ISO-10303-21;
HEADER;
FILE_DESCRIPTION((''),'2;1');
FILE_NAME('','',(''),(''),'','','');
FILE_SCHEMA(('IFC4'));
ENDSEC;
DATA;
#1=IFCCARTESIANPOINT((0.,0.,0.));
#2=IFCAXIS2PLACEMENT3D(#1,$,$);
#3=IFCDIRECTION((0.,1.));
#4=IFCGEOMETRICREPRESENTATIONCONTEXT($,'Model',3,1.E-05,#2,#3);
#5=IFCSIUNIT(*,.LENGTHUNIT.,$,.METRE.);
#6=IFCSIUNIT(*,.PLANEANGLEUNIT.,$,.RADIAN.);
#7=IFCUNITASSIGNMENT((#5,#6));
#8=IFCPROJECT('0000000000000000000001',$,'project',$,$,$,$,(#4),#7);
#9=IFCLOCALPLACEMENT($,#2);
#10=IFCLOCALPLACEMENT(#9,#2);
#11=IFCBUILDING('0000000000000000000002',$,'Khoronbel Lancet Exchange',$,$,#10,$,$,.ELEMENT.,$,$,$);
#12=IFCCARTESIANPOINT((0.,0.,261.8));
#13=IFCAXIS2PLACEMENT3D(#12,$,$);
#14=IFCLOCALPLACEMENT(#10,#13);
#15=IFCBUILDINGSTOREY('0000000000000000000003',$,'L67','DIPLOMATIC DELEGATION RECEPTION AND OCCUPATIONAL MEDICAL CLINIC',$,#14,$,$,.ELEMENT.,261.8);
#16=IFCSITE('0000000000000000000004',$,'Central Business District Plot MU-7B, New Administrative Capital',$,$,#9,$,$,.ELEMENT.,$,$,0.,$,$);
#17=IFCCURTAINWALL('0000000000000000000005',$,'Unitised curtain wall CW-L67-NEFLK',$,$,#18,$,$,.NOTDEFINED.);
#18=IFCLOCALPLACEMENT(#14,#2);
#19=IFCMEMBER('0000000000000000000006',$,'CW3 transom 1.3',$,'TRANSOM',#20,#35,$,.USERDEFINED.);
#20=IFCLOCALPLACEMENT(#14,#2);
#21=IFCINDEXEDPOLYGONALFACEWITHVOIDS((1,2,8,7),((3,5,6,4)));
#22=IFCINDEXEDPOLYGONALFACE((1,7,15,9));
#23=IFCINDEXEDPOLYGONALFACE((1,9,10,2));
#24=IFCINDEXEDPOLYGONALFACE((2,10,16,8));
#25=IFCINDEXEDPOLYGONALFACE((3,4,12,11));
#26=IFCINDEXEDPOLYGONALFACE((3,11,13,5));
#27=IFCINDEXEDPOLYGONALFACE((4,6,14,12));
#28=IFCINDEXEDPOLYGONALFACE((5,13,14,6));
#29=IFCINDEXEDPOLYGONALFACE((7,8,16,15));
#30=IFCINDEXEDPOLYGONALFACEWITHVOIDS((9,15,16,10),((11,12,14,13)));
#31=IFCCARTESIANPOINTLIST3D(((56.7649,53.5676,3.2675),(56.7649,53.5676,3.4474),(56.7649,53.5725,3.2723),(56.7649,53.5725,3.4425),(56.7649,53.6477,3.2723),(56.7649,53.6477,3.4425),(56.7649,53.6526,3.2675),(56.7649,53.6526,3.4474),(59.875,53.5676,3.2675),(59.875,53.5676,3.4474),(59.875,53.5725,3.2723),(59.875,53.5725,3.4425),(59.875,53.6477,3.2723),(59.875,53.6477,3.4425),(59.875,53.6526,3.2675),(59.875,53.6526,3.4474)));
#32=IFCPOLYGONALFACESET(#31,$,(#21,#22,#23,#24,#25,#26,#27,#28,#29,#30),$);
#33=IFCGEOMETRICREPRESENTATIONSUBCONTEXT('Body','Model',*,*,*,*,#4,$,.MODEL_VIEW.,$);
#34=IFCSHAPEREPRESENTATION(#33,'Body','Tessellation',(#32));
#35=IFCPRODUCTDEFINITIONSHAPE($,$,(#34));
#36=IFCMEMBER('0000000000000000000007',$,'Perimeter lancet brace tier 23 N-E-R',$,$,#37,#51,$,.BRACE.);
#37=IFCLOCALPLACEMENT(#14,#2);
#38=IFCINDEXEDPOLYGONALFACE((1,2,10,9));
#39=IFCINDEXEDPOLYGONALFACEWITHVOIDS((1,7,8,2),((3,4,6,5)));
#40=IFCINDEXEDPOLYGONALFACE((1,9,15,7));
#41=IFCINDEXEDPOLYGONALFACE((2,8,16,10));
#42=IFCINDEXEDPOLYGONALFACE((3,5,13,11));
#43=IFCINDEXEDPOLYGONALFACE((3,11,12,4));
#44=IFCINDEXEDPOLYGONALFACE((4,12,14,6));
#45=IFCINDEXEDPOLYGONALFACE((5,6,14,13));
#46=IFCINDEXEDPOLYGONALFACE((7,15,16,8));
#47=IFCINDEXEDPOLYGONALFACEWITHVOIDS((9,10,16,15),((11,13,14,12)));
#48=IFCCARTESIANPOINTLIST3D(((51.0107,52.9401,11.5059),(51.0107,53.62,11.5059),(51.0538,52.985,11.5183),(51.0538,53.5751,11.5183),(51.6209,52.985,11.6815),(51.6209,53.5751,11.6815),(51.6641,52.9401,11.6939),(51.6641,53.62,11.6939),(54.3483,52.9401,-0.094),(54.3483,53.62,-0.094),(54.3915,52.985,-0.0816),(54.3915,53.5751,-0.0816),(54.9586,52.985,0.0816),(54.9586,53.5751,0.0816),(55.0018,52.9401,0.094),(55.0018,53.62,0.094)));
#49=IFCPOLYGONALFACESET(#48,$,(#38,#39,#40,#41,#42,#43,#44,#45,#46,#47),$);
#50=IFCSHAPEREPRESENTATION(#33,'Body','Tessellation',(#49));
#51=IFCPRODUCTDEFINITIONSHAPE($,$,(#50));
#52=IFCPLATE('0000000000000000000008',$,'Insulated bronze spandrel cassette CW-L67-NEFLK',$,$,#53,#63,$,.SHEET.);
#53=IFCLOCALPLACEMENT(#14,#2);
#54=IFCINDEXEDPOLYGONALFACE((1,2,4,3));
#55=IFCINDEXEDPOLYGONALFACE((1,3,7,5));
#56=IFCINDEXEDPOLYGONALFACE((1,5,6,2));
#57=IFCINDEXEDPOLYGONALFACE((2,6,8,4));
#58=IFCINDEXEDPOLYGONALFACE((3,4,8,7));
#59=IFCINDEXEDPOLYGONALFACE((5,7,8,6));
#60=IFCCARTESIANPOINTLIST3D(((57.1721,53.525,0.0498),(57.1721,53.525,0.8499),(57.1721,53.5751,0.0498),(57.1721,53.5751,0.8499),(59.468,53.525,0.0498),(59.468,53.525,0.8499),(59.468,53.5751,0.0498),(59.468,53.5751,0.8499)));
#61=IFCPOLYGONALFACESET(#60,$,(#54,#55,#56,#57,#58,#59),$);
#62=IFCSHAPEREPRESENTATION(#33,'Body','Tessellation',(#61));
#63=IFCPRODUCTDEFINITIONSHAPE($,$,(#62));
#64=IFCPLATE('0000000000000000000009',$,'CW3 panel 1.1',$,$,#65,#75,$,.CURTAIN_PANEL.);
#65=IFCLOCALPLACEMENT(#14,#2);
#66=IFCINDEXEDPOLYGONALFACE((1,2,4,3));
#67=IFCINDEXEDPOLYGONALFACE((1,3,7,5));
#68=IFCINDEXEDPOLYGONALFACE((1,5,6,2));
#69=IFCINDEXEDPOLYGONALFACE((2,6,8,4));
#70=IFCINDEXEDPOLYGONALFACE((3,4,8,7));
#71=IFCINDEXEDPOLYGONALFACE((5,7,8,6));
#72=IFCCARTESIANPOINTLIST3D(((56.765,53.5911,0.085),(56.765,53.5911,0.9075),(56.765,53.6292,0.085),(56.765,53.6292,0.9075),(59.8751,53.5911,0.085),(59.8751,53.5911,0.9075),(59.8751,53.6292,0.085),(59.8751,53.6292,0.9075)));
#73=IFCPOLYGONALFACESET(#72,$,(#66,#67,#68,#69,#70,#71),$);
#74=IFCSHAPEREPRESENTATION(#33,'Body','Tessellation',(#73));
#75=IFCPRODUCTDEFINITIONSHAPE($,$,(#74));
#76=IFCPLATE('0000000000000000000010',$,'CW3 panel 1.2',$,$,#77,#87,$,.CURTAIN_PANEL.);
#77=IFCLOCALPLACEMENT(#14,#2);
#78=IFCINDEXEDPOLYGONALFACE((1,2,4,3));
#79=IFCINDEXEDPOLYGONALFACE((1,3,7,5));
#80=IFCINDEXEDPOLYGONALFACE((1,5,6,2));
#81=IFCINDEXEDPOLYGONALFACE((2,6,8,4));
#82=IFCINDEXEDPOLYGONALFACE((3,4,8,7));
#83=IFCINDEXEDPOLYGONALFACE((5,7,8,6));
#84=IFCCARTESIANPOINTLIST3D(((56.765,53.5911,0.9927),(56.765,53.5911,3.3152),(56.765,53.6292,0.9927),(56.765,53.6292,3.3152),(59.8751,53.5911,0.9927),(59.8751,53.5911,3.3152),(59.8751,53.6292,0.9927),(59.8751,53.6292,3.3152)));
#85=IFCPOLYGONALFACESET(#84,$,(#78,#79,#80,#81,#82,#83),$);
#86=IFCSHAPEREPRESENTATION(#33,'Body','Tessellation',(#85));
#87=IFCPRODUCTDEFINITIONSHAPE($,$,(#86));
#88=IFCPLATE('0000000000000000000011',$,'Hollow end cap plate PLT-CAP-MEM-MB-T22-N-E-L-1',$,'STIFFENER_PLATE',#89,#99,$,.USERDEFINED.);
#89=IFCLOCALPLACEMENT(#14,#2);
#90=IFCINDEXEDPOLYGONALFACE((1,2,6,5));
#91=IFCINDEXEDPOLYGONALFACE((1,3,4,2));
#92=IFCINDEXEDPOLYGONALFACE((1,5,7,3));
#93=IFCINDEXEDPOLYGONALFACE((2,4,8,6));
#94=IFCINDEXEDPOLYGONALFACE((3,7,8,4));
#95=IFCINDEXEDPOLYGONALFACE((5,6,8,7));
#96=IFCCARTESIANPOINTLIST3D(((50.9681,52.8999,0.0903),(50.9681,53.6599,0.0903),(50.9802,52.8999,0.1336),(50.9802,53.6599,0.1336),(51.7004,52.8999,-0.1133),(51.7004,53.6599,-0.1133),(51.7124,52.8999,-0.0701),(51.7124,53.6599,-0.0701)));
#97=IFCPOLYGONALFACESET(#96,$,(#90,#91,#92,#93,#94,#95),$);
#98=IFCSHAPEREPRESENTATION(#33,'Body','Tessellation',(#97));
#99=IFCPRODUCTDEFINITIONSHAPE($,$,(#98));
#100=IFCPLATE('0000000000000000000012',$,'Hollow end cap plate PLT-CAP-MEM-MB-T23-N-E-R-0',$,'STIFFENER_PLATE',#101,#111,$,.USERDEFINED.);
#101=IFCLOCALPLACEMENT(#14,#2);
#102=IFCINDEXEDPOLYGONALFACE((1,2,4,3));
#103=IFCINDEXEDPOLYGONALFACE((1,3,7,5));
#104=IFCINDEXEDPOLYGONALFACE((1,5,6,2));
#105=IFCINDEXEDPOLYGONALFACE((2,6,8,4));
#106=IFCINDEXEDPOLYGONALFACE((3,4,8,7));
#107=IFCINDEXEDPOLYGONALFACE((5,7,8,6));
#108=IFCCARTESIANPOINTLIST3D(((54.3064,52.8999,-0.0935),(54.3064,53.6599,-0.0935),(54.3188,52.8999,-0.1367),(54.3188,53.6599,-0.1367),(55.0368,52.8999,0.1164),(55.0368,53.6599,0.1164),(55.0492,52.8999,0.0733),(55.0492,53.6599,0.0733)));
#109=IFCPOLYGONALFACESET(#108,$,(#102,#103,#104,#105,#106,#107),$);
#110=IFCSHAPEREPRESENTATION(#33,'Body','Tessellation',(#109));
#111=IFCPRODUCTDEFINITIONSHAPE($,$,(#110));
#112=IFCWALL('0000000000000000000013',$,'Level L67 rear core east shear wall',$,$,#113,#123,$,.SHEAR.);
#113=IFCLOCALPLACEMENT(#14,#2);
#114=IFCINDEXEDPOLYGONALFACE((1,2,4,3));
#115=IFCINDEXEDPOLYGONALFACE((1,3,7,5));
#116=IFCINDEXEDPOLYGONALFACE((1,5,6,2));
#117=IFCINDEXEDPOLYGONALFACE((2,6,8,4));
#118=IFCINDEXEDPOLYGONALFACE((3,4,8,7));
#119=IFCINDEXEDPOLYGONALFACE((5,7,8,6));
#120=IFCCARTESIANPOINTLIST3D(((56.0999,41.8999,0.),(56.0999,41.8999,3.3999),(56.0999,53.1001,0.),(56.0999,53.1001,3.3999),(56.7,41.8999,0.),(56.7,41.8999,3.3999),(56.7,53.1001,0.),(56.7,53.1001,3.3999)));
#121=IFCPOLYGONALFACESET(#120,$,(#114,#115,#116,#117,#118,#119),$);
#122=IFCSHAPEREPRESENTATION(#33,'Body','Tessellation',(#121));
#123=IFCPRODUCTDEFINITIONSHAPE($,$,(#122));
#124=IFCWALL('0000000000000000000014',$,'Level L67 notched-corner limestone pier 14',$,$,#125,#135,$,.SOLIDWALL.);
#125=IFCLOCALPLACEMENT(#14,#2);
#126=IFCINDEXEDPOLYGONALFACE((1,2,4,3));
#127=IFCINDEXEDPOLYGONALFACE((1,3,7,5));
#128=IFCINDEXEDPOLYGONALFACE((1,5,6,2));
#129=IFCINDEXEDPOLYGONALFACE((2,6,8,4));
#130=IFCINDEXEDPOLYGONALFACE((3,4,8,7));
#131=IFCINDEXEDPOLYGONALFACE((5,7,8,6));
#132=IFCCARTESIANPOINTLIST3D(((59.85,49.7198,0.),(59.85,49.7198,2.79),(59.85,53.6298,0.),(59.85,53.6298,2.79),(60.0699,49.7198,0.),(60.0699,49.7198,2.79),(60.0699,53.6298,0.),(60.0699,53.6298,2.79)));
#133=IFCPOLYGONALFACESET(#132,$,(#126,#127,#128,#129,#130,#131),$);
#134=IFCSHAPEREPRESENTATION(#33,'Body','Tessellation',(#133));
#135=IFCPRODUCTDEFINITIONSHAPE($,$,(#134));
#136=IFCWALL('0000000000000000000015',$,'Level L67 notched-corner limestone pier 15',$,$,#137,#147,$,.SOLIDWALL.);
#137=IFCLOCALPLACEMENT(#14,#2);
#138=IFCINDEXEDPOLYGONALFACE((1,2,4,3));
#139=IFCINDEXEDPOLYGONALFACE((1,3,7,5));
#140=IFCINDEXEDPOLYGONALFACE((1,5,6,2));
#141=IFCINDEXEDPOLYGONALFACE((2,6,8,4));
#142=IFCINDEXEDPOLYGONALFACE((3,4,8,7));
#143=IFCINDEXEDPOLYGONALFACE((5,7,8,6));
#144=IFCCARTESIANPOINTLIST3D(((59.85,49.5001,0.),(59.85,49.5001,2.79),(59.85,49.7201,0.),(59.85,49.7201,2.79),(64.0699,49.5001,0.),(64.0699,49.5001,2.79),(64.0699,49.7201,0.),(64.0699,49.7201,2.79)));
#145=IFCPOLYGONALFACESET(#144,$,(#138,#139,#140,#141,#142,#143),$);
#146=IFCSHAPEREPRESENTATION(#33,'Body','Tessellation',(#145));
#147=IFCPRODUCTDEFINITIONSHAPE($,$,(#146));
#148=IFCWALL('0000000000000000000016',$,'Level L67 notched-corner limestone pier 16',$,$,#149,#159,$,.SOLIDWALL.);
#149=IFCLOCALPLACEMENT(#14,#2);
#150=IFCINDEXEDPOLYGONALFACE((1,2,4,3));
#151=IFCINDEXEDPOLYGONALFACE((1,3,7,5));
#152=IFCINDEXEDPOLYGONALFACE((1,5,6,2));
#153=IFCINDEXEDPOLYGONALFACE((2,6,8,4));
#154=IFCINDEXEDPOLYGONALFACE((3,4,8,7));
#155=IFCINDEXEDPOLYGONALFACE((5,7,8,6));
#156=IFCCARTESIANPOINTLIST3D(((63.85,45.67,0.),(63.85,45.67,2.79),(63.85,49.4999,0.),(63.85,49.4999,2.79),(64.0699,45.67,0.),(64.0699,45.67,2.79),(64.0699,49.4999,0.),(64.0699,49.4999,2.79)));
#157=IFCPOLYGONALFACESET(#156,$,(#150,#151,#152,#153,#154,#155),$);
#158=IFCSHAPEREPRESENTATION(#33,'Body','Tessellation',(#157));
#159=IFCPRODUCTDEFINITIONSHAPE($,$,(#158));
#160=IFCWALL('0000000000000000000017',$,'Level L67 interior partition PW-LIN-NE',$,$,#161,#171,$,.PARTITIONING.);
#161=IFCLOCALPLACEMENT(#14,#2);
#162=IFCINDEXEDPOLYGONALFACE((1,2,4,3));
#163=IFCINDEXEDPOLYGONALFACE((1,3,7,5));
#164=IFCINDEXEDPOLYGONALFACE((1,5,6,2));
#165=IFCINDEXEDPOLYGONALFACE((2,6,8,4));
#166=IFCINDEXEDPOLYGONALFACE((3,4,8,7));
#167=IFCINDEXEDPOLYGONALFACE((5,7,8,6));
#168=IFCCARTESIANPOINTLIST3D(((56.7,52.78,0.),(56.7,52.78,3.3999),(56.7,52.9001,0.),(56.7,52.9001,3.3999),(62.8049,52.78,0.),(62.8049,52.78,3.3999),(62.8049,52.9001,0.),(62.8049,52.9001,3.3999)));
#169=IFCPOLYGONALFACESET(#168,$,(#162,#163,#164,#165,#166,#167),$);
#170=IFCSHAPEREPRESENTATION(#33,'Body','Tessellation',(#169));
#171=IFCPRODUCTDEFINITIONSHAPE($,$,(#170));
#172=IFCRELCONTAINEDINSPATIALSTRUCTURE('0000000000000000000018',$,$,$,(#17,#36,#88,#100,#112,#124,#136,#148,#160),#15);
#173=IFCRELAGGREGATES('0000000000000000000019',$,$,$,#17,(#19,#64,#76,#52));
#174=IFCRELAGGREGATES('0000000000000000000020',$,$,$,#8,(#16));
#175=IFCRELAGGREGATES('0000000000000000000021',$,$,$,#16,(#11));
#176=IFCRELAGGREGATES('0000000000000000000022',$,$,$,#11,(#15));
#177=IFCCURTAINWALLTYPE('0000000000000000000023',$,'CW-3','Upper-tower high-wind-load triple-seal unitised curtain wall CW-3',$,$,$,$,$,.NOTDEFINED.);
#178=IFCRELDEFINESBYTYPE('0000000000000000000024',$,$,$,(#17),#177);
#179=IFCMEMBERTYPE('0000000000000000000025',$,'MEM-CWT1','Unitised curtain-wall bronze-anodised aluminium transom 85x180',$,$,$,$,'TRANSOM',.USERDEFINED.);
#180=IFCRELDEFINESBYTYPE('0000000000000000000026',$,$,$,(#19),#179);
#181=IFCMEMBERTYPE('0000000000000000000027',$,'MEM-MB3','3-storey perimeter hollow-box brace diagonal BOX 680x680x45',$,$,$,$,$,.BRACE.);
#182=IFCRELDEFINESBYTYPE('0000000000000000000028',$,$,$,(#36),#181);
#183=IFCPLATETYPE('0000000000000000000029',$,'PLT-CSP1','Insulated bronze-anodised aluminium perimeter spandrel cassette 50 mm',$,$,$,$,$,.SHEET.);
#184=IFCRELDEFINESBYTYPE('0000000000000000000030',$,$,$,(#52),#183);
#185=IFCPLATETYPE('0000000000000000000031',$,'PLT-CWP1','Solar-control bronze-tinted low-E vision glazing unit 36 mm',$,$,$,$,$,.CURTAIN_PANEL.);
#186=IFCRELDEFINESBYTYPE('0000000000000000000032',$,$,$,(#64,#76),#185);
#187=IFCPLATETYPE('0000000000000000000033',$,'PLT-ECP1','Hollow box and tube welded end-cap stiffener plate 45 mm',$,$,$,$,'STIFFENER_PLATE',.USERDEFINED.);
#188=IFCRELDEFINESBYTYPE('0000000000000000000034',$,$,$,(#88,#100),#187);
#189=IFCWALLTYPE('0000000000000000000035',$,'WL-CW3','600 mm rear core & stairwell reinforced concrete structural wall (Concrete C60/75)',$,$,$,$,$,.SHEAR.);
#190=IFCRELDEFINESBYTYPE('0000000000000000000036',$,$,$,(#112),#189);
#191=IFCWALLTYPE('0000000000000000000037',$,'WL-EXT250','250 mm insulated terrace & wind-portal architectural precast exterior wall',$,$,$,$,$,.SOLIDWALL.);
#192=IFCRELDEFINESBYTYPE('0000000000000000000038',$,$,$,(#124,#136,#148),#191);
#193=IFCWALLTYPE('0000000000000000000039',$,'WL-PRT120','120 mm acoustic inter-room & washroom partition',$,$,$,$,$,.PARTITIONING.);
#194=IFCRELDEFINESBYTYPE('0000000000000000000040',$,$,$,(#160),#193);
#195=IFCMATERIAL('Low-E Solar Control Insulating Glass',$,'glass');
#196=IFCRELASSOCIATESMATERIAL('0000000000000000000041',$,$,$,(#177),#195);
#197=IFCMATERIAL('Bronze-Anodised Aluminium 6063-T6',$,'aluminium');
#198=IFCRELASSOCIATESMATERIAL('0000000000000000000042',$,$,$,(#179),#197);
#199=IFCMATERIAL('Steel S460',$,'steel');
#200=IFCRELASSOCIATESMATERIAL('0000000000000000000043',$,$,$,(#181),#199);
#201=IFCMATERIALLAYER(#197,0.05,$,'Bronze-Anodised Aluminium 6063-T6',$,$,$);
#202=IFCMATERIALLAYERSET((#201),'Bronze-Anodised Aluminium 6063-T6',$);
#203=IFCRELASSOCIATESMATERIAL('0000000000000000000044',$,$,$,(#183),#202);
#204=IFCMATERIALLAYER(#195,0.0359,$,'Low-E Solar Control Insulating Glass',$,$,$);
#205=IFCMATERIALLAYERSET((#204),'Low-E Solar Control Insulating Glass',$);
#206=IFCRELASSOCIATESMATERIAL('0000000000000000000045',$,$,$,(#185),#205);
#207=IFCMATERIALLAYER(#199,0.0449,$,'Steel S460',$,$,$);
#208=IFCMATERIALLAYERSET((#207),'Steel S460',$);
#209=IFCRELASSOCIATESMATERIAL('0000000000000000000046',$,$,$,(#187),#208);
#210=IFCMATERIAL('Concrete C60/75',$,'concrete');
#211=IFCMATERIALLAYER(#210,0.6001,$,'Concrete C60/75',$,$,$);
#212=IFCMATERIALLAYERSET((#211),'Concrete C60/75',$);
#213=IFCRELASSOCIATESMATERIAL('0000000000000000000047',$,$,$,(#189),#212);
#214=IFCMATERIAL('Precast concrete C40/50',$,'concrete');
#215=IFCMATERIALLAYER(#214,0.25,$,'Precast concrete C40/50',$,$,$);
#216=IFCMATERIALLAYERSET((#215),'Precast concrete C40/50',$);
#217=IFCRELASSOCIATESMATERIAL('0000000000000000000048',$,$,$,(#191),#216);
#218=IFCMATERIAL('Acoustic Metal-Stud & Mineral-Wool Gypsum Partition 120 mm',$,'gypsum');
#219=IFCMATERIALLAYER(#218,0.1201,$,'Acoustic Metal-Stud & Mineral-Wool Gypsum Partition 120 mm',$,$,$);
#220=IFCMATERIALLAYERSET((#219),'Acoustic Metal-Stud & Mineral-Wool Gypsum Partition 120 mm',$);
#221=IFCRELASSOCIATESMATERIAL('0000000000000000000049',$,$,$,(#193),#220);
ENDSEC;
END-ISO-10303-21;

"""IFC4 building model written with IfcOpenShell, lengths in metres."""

from ifc_helpers import new_model, si_unit, direction, frame, frame_2d, origin, origin_2d, place, context, subcontext, project, spatial, polyline, rectangle, hollow_rectangle, outline, extrude, material, layer, layer_set, material_profile, profile_set, type_object, element, aggregate, save


model = new_model("IFC4")

# Units and contexts
model_context = context("Model", 3, precision=1e-05, world=origin(), true_north=direction((0.0, 1.0)))
body_context = subcontext(model_context, "Body", "Model", "MODEL_VIEW")
ifc_project = project(units=[si_unit("LENGTHUNIT", "METRE"), si_unit("PLANEANGLEUNIT", "RADIAN")], contexts=[model_context])

# Site, building, storey
site_placement = place(None, origin())
site = spatial("IfcSite", under=ifc_project, at=site_placement, Name="Central Business District Plot MU-7B, New Administrative Capital", CompositionType="ELEMENT", RefElevation=0.0)
building_placement = place(site_placement, origin())
building = spatial("IfcBuilding", under=site, at=building_placement, Name="Khoronbel Lancet Exchange", CompositionType="ELEMENT")
storey_placement = place(building_placement, frame((0.0, 0.0, 261.8)))
storey = spatial("IfcBuildingStorey", under=building, at=storey_placement, Name="L67", Description="DIPLOMATIC DELEGATION RECEPTION AND OCCUPATIONAL MEDICAL CLINIC", CompositionType="ELEMENT", Elevation=261.8)

# Shared definitions
ifc_material_1 = material(Name="Steel S460", Category="steel")

# Curtain wall, member
ifc_material_2 = material(Name="Low-E Solar Control Insulating Glass", Category="glass")
curtain_wall_type = type_object("IfcCurtainWallType", Name="CW-3", Description="Upper-tower high-wind-load triple-seal unitised curtain wall CW-3", PredefinedType="NOTDEFINED", material=ifc_material_2)
curtain_wall_placement = place(storey_placement, origin())
curtain_wall = element("IfcCurtainWall", 1, at=curtain_wall_placement, inside=storey, type_object=curtain_wall_type, Name="Unitised curtain wall CW-L67-NEFLK", PredefinedType="NOTDEFINED")
ifc_material_3 = material(Name="Bronze-Anodised Aluminium 6063-T6", Category="aluminium")
ifc_material_profile_1 = material_profile(ifc_material_3, hollow_rectangle(XDim=0.085, YDim=0.1799, WallThickness=0.0049, at=origin_2d()), Name="ALU TRANSOM 85x180")
ifc_profile_set_1 = profile_set([ifc_material_profile_1], Name="Bronze-Anodised Aluminium 6063-T6")
member_type_1 = type_object("IfcMemberType", Name="MEM-CWT1", Description="Unitised curtain-wall bronze-anodised aluminium transom 85x180", ElementType="TRANSOM", PredefinedType="USERDEFINED", material=ifc_profile_set_1)
member_1_placement = place(storey_placement, frame((59.875, 53.6101, 3.3574), z_axis=(-1.0, 0.0, 0.0), x_axis=(0.0, -1.0, 0.0)))
member_1 = element("IfcMember", 2, at=member_1_placement, type_object=member_type_1, Name="CW3 transom 1.3", ObjectType="TRANSOM", PredefinedType="USERDEFINED", context=body_context, shape_type="SweptSolid", body=[
    extrude(hollow_rectangle(XDim=0.085, YDim=0.1799, WallThickness=0.0049, at=origin_2d()), origin(), (0.0, 0.0, 1.0), 3.1101),
])

# Member
ifc_material_profile_2 = material_profile(ifc_material_1, hollow_rectangle(XDim=0.6799, YDim=0.6799, WallThickness=0.0449, at=origin_2d()), Name="BOX 680x680x45")
ifc_profile_set_2 = profile_set([ifc_material_profile_2], Name="Steel S460")
member_type_2 = type_object("IfcMemberType", Name="MEM-MB3", Description="3-storey perimeter hollow-box brace diagonal BOX 680x680x45", PredefinedType="BRACE", material=ifc_profile_set_2)
member_2_placement = place(storey_placement, frame((54.675, 53.28, 0.0), z_axis=(-0.276513, 0.0, 0.96101), x_axis=(0.0, -1.0, 0.0)))
element("IfcMember", 3, at=member_2_placement, inside=storey, type_object=member_type_2, Name="Perimeter lancet brace tier 23 N-E-R", PredefinedType="BRACE", context=body_context, shape_type="SweptSolid", body=[
    extrude(hollow_rectangle(XDim=0.6799, YDim=0.6799, WallThickness=0.0449, at=origin_2d()), origin(), (0.0, 0.0, 1.0), 12.0706),
])

# Plates
ifc_layer_1 = layer(ifc_material_3, 0.05, Name="Bronze-Anodised Aluminium 6063-T6")
ifc_layer_set_1 = layer_set([ifc_layer_1], Name="Bronze-Anodised Aluminium 6063-T6")
plate_type_1 = type_object("IfcPlateType", Name="PLT-CSP1", Description="Insulated bronze-anodised aluminium perimeter spandrel cassette 50 mm", PredefinedType="SHEET", material=ifc_layer_set_1)
plate_1_placement = place(storey_placement, frame((58.3201, 53.55, 0.0498), z_axis=(0.0, 0.0, 1.0), x_axis=(-1.0, 0.0, 0.0)))
plate_1 = element("IfcPlate", 4, at=plate_1_placement, type_object=plate_type_1, Name="Insulated bronze spandrel cassette CW-L67-NEFLK", PredefinedType="SHEET", context=body_context, shape_type="SweptSolid", body=[
    extrude(rectangle(XDim=2.2959, YDim=0.05, at=origin_2d()), origin(), (0.0, 0.0, 1.0), 0.8),
])
ifc_layer_2 = layer(ifc_material_2, 0.0359, Name="Low-E Solar Control Insulating Glass")
ifc_layer_set_2 = layer_set([ifc_layer_2], Name="Low-E Solar Control Insulating Glass")
plate_type_2 = type_object("IfcPlateType", Name="PLT-CWP1", Description="Solar-control bronze-tinted low-E vision glazing unit 36 mm", PredefinedType="CURTAIN_PANEL", material=ifc_layer_set_2)
plate_2_placement = place(storey_placement, frame((58.3201, 53.6101, 0.085), z_axis=(0.0, 0.0, 1.0), x_axis=(-1.0, 0.0, 0.0)))
plate_2 = element("IfcPlate", 5, at=plate_2_placement, type_object=plate_type_2, Name="CW3 panel 1.1", PredefinedType="CURTAIN_PANEL", context=body_context, shape_type="SweptSolid", body=[
    extrude(rectangle(XDim=3.1101, YDim=0.0381, at=origin_2d()), origin(), (0.0, 0.0, 1.0), 0.8225),
])
plate_3_placement = place(storey_placement, frame((58.3201, 53.6101, 0.9927), z_axis=(0.0, 0.0, 1.0), x_axis=(-1.0, 0.0, 0.0)))
plate_3 = element("IfcPlate", 6, at=plate_3_placement, type_object=plate_type_2, Name="CW3 panel 1.2", PredefinedType="CURTAIN_PANEL", context=body_context, shape_type="SweptSolid", body=[
    extrude(rectangle(XDim=3.1101, YDim=0.0381, at=origin_2d()), origin(), (0.0, 0.0, 1.0), 2.3225),
])
aggregate(curtain_wall, [member_1, plate_2, plate_3, plate_1])

# Plates
ifc_layer_3 = layer(ifc_material_1, 0.0449, Name="Steel S460")
ifc_layer_set_3 = layer_set([ifc_layer_3], Name="Steel S460")
plate_type_3 = type_object("IfcPlateType", Name="PLT-ECP1", Description="Hollow box and tube welded end-cap stiffener plate 45 mm", ElementType="STIFFENER_PLATE", PredefinedType="USERDEFINED", material=ifc_layer_set_3)
for number, where, z_axis, x_axis, name in (
    (7, (51.7124, 52.8999, -0.0701), (0.267926, 0.0, 0.96344), (0.0, 1.0, 0.0), "Hollow end cap plate PLT-CAP-MEM-MB-T22-N-E-L-1"),
    (8, (54.3064, 53.6599, -0.0935), (-0.276248, 0.0, 0.961086), (0.0, -1.0, 0.0), "Hollow end cap plate PLT-CAP-MEM-MB-T23-N-E-R-0"),
):
    element("IfcPlate", number, at=place(storey_placement, frame(where, z_axis=z_axis, x_axis=x_axis)), inside=storey, type_object=plate_type_3, Name=name, ObjectType="STIFFENER_PLATE", PredefinedType="USERDEFINED", context=body_context, shape_type="SweptSolid", body=[
        extrude(outline(polyline([(0.0, 0.0), (0.76, 0.0), (0.76, 0.76), (0.0, 0.76), (0.0, 0.0)])), origin(), (0.0, 0.0, -1.0), 0.0449),
    ])

# Walls
ifc_material_4 = material(Name="Concrete C60/75", Category="concrete")
ifc_layer_4 = layer(ifc_material_4, 0.6001, Name="Concrete C60/75")
ifc_layer_set_4 = layer_set([ifc_layer_4], Name="Concrete C60/75")
wall_type_1 = type_object("IfcWallType", Name="WL-CW3", Description="600 mm rear core & stairwell reinforced concrete structural wall (Concrete C60/75)", PredefinedType="SHEAR", material=ifc_layer_set_4)
wall_1_placement = place(storey_placement, frame((56.3999, 53.1001, 0.0), z_axis=(0.0, 0.0, 1.0), x_axis=(0.0, -1.0, 0.0)))
element("IfcWall", 9, at=wall_1_placement, inside=storey, type_object=wall_type_1, Name="Level L67 rear core east shear wall", PredefinedType="SHEAR", context=body_context, shape_type="SweptSolid", body=[
    extrude(rectangle(XDim=11.2002, YDim=0.6001, at=frame_2d((5.6001, 0.0))), origin(), (0.0, 0.0, 1.0), 3.3999),
])
ifc_material_5 = material(Name="Precast concrete C40/50", Category="concrete")
ifc_layer_5 = layer(ifc_material_5, 0.25, Name="Precast concrete C40/50")
ifc_layer_set_5 = layer_set([ifc_layer_5], Name="Precast concrete C40/50")
wall_type_2 = type_object("IfcWallType", Name="WL-EXT250", Description="250 mm insulated terrace & wind-portal architectural precast exterior wall", PredefinedType="SOLIDWALL", material=ifc_layer_set_5)
wall_2_placement = place(storey_placement, frame((59.96, 53.6299, 0.0), z_axis=(0.0, 0.0, 1.0), x_axis=(0.0, -1.0, 0.0)))
element("IfcWall", 10, at=wall_2_placement, inside=storey, type_object=wall_type_2, Name="Level L67 notched-corner limestone pier 14", PredefinedType="SOLIDWALL", context=body_context, shape_type="SweptSolid", body=[
    extrude(rectangle(XDim=3.9099, YDim=0.22, at=frame_2d((1.9551, 0.0))), origin(), (0.0, 0.0, 1.0), 2.79),
])
wall_3_placement = place(storey_placement, frame((59.8501, 49.6101, 0.0), z_axis=(0.0, 0.0, 1.0), x_axis=(1.0, 0.0, 0.0)))
element("IfcWall", 11, at=wall_3_placement, inside=storey, type_object=wall_type_2, Name="Level L67 notched-corner limestone pier 15", PredefinedType="SOLIDWALL", context=body_context, shape_type="SweptSolid", body=[
    extrude(rectangle(XDim=4.22, YDim=0.22, at=frame_2d((2.1099, 0.0))), origin(), (0.0, 0.0, 1.0), 2.79),
])
wall_4_placement = place(storey_placement, frame((63.96, 49.5, 0.0), z_axis=(0.0, 0.0, 1.0), x_axis=(0.0, -1.0, 0.0)))
element("IfcWall", 12, at=wall_4_placement, inside=storey, type_object=wall_type_2, Name="Level L67 notched-corner limestone pier 16", PredefinedType="SOLIDWALL", context=body_context, shape_type="SweptSolid", body=[
    extrude(rectangle(XDim=3.8298, YDim=0.22, at=frame_2d((1.915, 0.0))), origin(), (0.0, 0.0, 1.0), 2.79),
])
ifc_material_6 = material(Name="Acoustic Metal-Stud & Mineral-Wool Gypsum Partition 120 mm", Category="gypsum")
ifc_layer_6 = layer(ifc_material_6, 0.1201, Name="Acoustic Metal-Stud & Mineral-Wool Gypsum Partition 120 mm")
ifc_layer_set_6 = layer_set([ifc_layer_6], Name="Acoustic Metal-Stud & Mineral-Wool Gypsum Partition 120 mm")
wall_type_3 = type_object("IfcWallType", Name="WL-PRT120", Description="120 mm acoustic inter-room & washroom partition", PredefinedType="PARTITIONING", material=ifc_layer_set_6)
wall_5_placement = place(storey_placement, frame((56.7, 52.8401, 0.0), z_axis=(0.0, 0.0, 1.0), x_axis=(1.0, 0.0, 0.0)))
element("IfcWall", 13, at=wall_5_placement, inside=storey, type_object=wall_type_3, Name="Level L67 interior partition PW-LIN-NE", PredefinedType="PARTITIONING", context=body_context, shape_type="SweptSolid", body=[
    extrude(rectangle(XDim=6.105, YDim=0.1201, at=frame_2d((3.0525, 0.0))), origin(), (0.0, 0.0, 1.0), 3.3999),
])

save(model, "model.ifc")
